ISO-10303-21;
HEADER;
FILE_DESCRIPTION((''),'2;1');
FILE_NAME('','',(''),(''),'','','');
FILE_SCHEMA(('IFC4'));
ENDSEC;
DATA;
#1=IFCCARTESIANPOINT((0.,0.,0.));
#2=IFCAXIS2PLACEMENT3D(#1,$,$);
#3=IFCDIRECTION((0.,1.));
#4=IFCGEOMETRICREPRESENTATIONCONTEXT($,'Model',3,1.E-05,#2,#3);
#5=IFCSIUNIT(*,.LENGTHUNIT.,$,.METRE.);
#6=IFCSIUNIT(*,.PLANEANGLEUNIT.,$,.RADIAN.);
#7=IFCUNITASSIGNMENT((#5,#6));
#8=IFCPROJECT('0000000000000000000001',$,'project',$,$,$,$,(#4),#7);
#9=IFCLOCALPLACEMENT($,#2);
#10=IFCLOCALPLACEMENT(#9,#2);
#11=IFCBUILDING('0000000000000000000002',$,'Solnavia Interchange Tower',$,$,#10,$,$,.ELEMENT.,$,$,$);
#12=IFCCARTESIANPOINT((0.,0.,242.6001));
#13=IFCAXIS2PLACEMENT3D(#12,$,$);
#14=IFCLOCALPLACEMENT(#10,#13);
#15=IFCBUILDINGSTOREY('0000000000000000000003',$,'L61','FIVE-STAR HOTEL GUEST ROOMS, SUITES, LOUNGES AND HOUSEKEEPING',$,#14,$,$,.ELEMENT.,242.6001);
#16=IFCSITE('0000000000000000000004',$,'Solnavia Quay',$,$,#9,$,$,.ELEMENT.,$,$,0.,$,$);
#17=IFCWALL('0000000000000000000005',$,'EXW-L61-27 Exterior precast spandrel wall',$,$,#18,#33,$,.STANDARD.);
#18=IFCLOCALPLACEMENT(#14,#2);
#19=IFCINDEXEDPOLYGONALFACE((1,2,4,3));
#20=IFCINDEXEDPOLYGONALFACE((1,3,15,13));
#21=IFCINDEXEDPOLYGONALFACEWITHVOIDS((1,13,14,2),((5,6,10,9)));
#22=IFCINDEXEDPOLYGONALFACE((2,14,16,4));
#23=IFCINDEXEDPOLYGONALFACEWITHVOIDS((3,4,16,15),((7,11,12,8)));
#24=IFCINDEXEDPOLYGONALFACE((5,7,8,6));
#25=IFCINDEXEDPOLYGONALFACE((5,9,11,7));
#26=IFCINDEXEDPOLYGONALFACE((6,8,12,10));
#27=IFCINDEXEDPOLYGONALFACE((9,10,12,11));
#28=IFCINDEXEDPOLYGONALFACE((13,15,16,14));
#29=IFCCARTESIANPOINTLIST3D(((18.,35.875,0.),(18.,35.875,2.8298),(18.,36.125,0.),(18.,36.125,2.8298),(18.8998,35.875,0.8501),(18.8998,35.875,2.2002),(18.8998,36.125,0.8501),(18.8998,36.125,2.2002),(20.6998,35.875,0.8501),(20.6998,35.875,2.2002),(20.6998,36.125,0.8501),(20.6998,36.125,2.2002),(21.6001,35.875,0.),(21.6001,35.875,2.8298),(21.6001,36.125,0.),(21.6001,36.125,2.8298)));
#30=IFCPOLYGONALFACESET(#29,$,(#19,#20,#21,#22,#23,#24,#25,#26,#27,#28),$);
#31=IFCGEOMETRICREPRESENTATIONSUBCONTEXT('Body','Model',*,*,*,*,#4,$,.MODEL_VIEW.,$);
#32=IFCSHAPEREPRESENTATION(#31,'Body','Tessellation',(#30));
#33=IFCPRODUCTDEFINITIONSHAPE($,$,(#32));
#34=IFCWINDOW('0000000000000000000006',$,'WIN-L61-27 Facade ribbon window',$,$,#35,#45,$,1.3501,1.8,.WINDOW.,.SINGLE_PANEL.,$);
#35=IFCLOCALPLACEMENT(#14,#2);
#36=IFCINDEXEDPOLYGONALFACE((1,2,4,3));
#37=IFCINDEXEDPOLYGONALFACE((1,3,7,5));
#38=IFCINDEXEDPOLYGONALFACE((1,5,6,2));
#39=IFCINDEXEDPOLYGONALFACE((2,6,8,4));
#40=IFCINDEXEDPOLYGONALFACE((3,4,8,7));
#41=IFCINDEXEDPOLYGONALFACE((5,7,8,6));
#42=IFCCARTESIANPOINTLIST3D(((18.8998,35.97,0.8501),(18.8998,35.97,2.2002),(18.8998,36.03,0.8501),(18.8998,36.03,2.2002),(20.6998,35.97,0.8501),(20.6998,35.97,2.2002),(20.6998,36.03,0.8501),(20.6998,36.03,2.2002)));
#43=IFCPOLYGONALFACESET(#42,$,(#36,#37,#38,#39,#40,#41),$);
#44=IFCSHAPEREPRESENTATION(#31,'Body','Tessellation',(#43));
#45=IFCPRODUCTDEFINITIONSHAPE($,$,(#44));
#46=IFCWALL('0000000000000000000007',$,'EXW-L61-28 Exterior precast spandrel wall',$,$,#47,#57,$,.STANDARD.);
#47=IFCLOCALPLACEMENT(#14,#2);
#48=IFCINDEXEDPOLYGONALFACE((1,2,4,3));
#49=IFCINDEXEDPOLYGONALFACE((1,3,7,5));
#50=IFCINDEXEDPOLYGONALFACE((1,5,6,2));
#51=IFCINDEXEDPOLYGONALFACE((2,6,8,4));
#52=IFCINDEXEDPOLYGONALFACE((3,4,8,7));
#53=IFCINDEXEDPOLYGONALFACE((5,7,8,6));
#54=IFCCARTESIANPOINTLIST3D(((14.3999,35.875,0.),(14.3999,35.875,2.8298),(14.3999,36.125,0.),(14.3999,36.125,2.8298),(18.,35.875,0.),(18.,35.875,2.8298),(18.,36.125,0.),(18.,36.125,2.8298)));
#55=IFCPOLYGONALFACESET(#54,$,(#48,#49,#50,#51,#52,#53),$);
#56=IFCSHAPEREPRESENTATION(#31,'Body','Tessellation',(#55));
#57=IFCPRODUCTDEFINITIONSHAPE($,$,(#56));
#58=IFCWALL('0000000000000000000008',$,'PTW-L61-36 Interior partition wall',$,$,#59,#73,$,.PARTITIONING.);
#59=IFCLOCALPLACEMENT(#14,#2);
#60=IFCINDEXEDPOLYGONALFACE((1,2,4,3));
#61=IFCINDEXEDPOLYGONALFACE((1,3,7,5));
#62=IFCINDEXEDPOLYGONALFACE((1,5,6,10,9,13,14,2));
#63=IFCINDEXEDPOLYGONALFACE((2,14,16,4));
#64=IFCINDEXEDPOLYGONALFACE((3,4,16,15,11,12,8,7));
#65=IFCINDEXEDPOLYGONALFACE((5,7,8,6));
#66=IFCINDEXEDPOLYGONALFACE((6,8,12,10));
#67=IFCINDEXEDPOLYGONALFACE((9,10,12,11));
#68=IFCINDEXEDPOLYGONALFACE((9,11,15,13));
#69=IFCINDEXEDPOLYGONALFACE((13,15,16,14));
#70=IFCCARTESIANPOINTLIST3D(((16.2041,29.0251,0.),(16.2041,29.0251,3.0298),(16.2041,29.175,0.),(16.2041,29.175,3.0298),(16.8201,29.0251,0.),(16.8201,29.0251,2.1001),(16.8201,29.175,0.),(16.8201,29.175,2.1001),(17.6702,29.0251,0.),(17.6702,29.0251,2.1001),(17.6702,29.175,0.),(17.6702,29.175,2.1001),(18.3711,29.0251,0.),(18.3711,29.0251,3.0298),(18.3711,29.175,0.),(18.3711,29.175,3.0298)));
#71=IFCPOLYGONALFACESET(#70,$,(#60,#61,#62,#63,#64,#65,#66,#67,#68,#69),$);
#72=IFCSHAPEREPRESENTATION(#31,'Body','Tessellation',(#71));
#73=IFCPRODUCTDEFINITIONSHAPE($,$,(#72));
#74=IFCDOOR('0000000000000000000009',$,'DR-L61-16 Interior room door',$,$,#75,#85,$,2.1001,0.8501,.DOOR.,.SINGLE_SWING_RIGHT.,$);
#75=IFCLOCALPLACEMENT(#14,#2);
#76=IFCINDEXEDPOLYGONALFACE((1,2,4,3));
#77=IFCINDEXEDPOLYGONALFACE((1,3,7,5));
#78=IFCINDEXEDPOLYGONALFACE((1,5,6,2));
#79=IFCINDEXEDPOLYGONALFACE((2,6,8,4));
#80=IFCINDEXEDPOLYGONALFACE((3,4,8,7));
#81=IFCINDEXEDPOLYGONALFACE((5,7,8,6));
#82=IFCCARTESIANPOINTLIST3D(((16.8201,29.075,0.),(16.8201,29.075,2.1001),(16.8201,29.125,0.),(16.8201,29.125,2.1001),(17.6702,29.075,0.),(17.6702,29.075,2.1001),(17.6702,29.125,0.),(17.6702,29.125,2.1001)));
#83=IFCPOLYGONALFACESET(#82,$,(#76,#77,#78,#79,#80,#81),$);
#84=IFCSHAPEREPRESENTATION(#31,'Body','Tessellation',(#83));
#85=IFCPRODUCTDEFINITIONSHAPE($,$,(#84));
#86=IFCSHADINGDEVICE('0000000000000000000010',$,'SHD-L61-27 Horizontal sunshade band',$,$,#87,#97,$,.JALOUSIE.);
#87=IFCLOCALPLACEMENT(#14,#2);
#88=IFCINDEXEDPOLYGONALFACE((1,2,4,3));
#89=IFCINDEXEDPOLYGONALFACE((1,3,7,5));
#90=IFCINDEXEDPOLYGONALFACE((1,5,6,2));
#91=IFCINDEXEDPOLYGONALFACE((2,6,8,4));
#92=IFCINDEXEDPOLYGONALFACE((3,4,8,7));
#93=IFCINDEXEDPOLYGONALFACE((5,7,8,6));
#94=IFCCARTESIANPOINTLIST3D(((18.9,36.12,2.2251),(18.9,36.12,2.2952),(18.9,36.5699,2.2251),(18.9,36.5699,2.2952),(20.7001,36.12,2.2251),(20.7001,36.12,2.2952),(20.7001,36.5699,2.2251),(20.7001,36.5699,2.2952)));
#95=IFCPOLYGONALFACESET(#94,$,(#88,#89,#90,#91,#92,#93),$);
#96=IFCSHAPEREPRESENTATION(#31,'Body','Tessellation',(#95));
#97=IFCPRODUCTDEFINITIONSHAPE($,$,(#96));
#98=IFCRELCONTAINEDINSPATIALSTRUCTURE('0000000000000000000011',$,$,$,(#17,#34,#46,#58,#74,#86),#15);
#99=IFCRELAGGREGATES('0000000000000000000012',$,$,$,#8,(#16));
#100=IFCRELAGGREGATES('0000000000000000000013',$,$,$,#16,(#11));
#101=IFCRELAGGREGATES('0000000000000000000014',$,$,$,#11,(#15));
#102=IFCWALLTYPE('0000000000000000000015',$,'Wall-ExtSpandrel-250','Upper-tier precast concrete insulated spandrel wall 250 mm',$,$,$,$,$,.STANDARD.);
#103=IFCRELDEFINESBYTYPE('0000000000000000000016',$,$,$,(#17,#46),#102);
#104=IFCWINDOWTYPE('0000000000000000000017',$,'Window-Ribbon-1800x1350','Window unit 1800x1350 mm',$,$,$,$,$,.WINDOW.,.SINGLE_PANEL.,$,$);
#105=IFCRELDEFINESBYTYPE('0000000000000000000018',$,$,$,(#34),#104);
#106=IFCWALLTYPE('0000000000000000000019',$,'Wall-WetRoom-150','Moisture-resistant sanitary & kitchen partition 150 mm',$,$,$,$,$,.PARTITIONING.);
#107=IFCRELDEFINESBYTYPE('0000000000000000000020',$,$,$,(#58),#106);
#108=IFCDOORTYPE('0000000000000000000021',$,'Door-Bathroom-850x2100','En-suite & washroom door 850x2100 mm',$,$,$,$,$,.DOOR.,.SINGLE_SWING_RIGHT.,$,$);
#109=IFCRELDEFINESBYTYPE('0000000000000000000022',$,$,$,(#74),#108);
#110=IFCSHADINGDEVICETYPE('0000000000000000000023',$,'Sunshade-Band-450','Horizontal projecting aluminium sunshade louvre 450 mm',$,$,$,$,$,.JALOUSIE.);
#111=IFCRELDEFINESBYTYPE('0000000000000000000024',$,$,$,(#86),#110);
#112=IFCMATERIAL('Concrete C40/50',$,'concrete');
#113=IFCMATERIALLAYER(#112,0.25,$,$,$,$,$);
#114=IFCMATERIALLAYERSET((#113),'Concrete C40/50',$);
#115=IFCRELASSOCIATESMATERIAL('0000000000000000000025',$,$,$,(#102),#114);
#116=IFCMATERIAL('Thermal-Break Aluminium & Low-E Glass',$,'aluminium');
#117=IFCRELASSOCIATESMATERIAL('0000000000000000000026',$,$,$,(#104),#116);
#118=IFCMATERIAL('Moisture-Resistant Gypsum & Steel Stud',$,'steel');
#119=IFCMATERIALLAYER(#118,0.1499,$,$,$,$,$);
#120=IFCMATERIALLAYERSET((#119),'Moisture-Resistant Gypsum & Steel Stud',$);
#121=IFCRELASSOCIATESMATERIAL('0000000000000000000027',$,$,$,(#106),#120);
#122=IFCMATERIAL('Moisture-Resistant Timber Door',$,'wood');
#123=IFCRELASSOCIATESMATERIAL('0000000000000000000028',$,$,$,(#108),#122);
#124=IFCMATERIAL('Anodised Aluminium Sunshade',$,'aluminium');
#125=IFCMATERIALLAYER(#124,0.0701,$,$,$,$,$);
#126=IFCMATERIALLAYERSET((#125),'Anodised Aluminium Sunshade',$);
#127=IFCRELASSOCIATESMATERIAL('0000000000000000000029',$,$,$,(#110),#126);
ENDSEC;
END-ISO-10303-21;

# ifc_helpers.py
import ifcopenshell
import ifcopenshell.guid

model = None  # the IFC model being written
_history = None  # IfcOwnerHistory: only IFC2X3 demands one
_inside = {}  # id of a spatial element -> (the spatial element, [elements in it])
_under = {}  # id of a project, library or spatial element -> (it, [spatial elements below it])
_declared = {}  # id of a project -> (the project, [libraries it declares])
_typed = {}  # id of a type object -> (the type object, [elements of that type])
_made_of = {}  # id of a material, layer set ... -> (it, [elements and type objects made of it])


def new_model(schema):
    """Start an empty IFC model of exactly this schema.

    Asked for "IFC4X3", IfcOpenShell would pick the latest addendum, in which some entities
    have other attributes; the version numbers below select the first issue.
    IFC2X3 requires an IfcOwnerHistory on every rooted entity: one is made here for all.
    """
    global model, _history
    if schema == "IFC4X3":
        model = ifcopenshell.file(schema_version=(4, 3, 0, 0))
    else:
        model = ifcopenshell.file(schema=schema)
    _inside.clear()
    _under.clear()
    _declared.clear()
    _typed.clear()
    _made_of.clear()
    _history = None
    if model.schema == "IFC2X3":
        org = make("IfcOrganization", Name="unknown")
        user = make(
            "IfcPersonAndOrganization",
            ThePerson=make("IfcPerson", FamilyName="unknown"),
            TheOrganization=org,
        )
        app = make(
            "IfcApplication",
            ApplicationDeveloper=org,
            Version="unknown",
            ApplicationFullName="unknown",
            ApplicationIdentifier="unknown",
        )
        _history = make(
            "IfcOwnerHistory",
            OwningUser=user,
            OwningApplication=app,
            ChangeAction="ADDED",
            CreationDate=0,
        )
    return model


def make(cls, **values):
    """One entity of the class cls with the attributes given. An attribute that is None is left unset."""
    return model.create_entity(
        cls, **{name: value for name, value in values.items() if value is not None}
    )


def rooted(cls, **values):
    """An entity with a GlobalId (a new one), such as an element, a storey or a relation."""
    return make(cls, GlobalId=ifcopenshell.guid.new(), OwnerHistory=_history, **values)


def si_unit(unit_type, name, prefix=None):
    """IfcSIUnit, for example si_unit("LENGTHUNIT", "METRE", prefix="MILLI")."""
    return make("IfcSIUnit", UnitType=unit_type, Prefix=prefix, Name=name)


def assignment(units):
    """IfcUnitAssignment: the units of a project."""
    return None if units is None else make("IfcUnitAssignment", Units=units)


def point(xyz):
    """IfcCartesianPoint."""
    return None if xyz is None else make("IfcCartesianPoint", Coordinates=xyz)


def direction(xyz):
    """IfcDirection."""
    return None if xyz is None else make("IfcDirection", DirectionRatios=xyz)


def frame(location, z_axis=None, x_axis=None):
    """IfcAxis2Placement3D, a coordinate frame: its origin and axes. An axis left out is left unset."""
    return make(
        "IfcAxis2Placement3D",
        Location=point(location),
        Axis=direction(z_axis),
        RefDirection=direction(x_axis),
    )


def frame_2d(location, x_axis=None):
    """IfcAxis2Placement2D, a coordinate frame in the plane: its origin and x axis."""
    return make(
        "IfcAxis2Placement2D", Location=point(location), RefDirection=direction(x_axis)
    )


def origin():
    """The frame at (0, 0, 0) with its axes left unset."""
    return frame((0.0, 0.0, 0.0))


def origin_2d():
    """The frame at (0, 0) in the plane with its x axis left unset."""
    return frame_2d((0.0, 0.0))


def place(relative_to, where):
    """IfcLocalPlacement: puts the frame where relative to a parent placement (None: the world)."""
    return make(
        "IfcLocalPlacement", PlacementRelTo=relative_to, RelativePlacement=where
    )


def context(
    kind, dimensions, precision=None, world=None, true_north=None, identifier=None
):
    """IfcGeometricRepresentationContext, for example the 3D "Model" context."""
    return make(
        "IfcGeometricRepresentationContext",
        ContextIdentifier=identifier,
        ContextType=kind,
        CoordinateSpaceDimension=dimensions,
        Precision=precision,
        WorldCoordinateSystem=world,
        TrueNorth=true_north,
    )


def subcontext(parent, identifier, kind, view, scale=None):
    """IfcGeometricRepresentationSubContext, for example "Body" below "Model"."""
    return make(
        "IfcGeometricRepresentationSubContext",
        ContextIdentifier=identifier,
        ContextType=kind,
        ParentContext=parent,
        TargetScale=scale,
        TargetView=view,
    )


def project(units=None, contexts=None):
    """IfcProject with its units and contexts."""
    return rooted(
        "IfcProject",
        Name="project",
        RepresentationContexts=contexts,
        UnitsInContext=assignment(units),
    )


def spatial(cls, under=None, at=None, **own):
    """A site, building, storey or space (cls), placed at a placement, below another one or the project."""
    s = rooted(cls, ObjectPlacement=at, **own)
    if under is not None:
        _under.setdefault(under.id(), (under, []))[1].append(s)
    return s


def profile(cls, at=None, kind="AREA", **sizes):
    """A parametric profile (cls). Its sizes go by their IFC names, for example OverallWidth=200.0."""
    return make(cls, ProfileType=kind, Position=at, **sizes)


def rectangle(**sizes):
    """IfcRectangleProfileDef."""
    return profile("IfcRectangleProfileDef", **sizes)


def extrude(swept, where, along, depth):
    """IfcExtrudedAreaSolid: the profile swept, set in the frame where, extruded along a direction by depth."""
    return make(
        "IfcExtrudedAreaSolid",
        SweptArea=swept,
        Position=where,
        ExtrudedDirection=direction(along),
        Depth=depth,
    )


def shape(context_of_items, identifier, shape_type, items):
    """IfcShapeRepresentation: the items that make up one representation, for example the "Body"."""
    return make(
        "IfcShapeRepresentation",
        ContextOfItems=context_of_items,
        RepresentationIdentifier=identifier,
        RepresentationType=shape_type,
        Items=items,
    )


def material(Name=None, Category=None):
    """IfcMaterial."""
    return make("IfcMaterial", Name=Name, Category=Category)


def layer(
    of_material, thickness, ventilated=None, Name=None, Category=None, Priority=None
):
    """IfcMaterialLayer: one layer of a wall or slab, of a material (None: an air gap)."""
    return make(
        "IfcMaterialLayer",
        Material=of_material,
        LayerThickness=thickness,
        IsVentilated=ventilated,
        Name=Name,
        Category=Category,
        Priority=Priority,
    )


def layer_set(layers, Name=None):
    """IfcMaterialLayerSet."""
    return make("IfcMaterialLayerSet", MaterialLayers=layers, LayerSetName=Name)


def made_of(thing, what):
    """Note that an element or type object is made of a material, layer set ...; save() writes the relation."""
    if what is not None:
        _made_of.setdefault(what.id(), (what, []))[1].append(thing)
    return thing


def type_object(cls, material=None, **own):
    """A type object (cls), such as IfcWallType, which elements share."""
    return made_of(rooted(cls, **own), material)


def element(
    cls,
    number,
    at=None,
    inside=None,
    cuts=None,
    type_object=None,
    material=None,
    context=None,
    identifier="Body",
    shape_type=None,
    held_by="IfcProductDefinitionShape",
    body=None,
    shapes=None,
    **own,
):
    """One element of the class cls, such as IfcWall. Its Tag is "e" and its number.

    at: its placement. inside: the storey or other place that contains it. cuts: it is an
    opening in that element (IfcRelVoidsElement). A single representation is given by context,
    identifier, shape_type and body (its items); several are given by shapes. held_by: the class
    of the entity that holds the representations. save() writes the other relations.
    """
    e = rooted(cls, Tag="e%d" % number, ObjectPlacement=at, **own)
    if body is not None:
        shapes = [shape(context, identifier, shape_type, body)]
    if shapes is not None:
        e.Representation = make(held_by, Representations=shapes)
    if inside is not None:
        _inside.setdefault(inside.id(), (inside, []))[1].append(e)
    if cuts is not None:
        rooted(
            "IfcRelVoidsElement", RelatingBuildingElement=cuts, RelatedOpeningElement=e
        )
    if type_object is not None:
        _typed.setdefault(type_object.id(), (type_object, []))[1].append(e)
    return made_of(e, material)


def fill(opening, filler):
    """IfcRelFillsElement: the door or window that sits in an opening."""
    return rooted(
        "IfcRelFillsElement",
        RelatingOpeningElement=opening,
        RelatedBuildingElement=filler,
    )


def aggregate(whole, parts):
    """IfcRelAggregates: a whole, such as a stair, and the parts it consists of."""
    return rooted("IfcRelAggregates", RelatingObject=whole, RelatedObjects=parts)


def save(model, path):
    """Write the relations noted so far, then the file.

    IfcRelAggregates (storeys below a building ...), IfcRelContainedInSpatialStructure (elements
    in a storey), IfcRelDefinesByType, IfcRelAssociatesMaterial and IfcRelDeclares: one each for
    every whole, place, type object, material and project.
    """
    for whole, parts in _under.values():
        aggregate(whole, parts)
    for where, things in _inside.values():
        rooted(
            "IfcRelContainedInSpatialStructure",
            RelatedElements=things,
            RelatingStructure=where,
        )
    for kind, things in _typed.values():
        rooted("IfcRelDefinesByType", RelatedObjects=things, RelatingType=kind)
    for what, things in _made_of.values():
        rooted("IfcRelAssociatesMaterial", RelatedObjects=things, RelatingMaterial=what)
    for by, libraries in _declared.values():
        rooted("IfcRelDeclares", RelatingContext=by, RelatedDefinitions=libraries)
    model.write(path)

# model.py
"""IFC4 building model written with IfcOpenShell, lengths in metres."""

from ifc_helpers import new_model, si_unit, direction, frame, frame_2d, origin, origin_2d, place, context, subcontext, project, spatial, rectangle, extrude, material, layer, layer_set, type_object, element, fill, save


model = new_model("IFC4")

# Units and contexts
model_context = context("Model", 3, precision=1e-05, world=origin(), true_north=direction((0.0, 1.0)))
body_context = subcontext(model_context, "Body", "Model", "MODEL_VIEW")
ifc_project = project(units=[si_unit("LENGTHUNIT", "METRE"), si_unit("PLANEANGLEUNIT", "RADIAN")], contexts=[model_context])

# Site, building, storey
site_placement = place(None, origin())
site = spatial("IfcSite", under=ifc_project, at=site_placement, Name="Solnavia Quay", CompositionType="ELEMENT", RefElevation=0.0)
building_placement = place(site_placement, origin())
building = spatial("IfcBuilding", under=site, at=building_placement, Name="Solnavia Interchange Tower", CompositionType="ELEMENT")
storey_placement = place(building_placement, frame((0.0, 0.0, 242.6001)))
storey = spatial("IfcBuildingStorey", under=building, at=storey_placement, Name="L61", Description="FIVE-STAR HOTEL GUEST ROOMS, SUITES, LOUNGES AND HOUSEKEEPING", CompositionType="ELEMENT", Elevation=242.6001)

# Shared definitions
ifc_material_1 = material(Name="Concrete C40/50", Category="concrete")
ifc_layer_1 = layer(ifc_material_1, 0.25)
ifc_layer_set_1 = layer_set([ifc_layer_1], Name="Concrete C40/50")
wall_type_1 = type_object("IfcWallType", Name="Wall-ExtSpandrel-250", Description="Upper-tier precast concrete insulated spandrel wall 250 mm", PredefinedType="STANDARD", material=ifc_layer_set_1)

# Wall, opening, window
wall_1_placement = place(storey_placement, frame((18.0, 36.0, 0.0), z_axis=(0.0, 0.0, 1.0), x_axis=(1.0, 0.0, 0.0)))
wall_1 = element("IfcWall", 1, at=wall_1_placement, inside=storey, type_object=wall_type_1, Name="EXW-L61-27 Exterior precast spandrel wall", PredefinedType="STANDARD", context=body_context, shape_type="SweptSolid", body=[
    extrude(rectangle(XDim=3.6001, YDim=0.25, at=frame_2d((1.8, 0.0))), origin(), (0.0, 0.0, 1.0), 2.8298),
])
opening_1_placement = place(wall_1_placement, frame((0.8999, 0.0, 0.8501)))
opening_1 = element("IfcOpeningElement", 2, at=opening_1_placement, cuts=wall_1, PredefinedType="OPENING", context=body_context, shape_type="SweptSolid", body=[
    extrude(rectangle(XDim=1.8, YDim=1.3501, at=frame_2d((0.8999, 0.675))), frame((0.0, 0.135, 0.0), z_axis=(0.0, -1.0, 0.0), x_axis=(1.0, 0.0, 0.0)), (0.0, 0.0, 1.0), 0.27),
])
ifc_material_2 = material(Name="Thermal-Break Aluminium & Low-E Glass", Category="aluminium")
window_type = type_object("IfcWindowType", Name="Window-Ribbon-1800x1350", Description="Window unit 1800x1350 mm", PartitioningType="SINGLE_PANEL", PredefinedType="WINDOW", material=ifc_material_2)
window_placement = place(opening_1_placement, origin())
window = element("IfcWindow", 3, at=window_placement, inside=storey, type_object=window_type, Name="WIN-L61-27 Facade ribbon window", OverallHeight=1.3501, OverallWidth=1.8, PartitioningType="SINGLE_PANEL", PredefinedType="WINDOW", context=body_context, shape_type="SweptSolid", body=[
    extrude(rectangle(XDim=1.8, YDim=1.3501, at=frame_2d((0.8999, 0.675))), frame((0.0, 0.03, 0.0), z_axis=(0.0, -1.0, 0.0), x_axis=(1.0, 0.0, 0.0)), (0.0, 0.0, 1.0), 0.0601),
])
fill(opening_1, window)

# Wall
wall_2_placement = place(storey_placement, frame((14.3999, 36.0, 0.0), z_axis=(0.0, 0.0, 1.0), x_axis=(1.0, 0.0, 0.0)))
element("IfcWall", 4, at=wall_2_placement, inside=storey, type_object=wall_type_1, Name="EXW-L61-28 Exterior precast spandrel wall", PredefinedType="STANDARD", context=body_context, shape_type="SweptSolid", body=[
    extrude(rectangle(XDim=3.6001, YDim=0.25, at=frame_2d((1.8, 0.0))), origin(), (0.0, 0.0, 1.0), 2.8298),
])

# Wall, opening, door
ifc_material_3 = material(Name="Moisture-Resistant Gypsum & Steel Stud", Category="steel")
ifc_layer_2 = layer(ifc_material_3, 0.1499)
ifc_layer_set_2 = layer_set([ifc_layer_2], Name="Moisture-Resistant Gypsum & Steel Stud")
wall_type_2 = type_object("IfcWallType", Name="Wall-WetRoom-150", Description="Moisture-resistant sanitary & kitchen partition 150 mm", PredefinedType="PARTITIONING", material=ifc_layer_set_2)
wall_3_placement = place(storey_placement, frame((16.2041, 29.1001, 0.0), z_axis=(0.0, 0.0, 1.0), x_axis=(1.0, 0.0, 0.0)))
wall_3 = element("IfcWall", 5, at=wall_3_placement, inside=storey, type_object=wall_type_2, Name="PTW-L61-36 Interior partition wall", PredefinedType="PARTITIONING", context=body_context, shape_type="SweptSolid", body=[
    extrude(rectangle(XDim=2.167, YDim=0.1499, at=frame_2d((1.0835, 0.0))), origin(), (0.0, 0.0, 1.0), 3.0298),
])
opening_2_placement = place(wall_3_placement, frame((0.616, 0.0, 0.0)))
opening_2 = element("IfcOpeningElement", 6, at=opening_2_placement, cuts=wall_3, PredefinedType="OPENING", context=body_context, shape_type="SweptSolid", body=[
    extrude(rectangle(XDim=0.8501, YDim=2.1001, at=frame_2d((0.425, 1.05))), frame((0.0, 0.085, 0.0), z_axis=(0.0, -1.0, 0.0), x_axis=(1.0, 0.0, 0.0)), (0.0, 0.0, 1.0), 0.1699),
])
ifc_material_4 = material(Name="Moisture-Resistant Timber Door", Category="wood")
door_type_1 = type_object("IfcDoorType", Name="Door-Bathroom-850x2100", Description="En-suite & washroom door 850x2100 mm", OperationType="SINGLE_SWING_RIGHT", PredefinedType="DOOR", material=ifc_material_4)
door_1_placement = place(opening_2_placement, origin())
door_1 = element("IfcDoor", 7, at=door_1_placement, inside=storey, type_object=door_type_1, Name="DR-L61-16 Interior room door", OperationType="SINGLE_SWING_RIGHT", OverallHeight=2.1001, OverallWidth=0.8501, PredefinedType="DOOR", context=body_context, shape_type="SweptSolid", body=[
    extrude(rectangle(XDim=0.8501, YDim=2.1001, at=frame_2d((0.425, 1.05))), frame((0.0, 0.0249, 0.0), z_axis=(0.0, -1.0, 0.0), x_axis=(1.0, 0.0, 0.0)), (0.0, 0.0, 1.0), 0.05),
])
fill(opening_2, door_1)

# Shading device
ifc_material_5 = material(Name="Anodised Aluminium Sunshade", Category="aluminium")
ifc_layer_3 = layer(ifc_material_5, 0.0701)
ifc_layer_set_3 = layer_set([ifc_layer_3], Name="Anodised Aluminium Sunshade")
shading_device_type = type_object("IfcShadingDeviceType", Name="Sunshade-Band-450", Description="Horizontal projecting aluminium sunshade louvre 450 mm", PredefinedType="JALOUSIE", material=ifc_layer_set_3)
shading_device_placement = place(storey_placement, frame((19.8, 36.345, 2.2251), z_axis=(0.0, 0.0, 1.0), x_axis=(1.0, 0.0, 0.0)))
element("IfcShadingDevice", 8, at=shading_device_placement, inside=storey, type_object=shading_device_type, Name="SHD-L61-27 Horizontal sunshade band", PredefinedType="JALOUSIE", context=body_context, shape_type="SweptSolid", body=[
    extrude(rectangle(XDim=1.8, YDim=0.45, at=origin_2d()), origin(), (0.0, 0.0, 1.0), 0.0701),
])

save(model, "model.ifc")
